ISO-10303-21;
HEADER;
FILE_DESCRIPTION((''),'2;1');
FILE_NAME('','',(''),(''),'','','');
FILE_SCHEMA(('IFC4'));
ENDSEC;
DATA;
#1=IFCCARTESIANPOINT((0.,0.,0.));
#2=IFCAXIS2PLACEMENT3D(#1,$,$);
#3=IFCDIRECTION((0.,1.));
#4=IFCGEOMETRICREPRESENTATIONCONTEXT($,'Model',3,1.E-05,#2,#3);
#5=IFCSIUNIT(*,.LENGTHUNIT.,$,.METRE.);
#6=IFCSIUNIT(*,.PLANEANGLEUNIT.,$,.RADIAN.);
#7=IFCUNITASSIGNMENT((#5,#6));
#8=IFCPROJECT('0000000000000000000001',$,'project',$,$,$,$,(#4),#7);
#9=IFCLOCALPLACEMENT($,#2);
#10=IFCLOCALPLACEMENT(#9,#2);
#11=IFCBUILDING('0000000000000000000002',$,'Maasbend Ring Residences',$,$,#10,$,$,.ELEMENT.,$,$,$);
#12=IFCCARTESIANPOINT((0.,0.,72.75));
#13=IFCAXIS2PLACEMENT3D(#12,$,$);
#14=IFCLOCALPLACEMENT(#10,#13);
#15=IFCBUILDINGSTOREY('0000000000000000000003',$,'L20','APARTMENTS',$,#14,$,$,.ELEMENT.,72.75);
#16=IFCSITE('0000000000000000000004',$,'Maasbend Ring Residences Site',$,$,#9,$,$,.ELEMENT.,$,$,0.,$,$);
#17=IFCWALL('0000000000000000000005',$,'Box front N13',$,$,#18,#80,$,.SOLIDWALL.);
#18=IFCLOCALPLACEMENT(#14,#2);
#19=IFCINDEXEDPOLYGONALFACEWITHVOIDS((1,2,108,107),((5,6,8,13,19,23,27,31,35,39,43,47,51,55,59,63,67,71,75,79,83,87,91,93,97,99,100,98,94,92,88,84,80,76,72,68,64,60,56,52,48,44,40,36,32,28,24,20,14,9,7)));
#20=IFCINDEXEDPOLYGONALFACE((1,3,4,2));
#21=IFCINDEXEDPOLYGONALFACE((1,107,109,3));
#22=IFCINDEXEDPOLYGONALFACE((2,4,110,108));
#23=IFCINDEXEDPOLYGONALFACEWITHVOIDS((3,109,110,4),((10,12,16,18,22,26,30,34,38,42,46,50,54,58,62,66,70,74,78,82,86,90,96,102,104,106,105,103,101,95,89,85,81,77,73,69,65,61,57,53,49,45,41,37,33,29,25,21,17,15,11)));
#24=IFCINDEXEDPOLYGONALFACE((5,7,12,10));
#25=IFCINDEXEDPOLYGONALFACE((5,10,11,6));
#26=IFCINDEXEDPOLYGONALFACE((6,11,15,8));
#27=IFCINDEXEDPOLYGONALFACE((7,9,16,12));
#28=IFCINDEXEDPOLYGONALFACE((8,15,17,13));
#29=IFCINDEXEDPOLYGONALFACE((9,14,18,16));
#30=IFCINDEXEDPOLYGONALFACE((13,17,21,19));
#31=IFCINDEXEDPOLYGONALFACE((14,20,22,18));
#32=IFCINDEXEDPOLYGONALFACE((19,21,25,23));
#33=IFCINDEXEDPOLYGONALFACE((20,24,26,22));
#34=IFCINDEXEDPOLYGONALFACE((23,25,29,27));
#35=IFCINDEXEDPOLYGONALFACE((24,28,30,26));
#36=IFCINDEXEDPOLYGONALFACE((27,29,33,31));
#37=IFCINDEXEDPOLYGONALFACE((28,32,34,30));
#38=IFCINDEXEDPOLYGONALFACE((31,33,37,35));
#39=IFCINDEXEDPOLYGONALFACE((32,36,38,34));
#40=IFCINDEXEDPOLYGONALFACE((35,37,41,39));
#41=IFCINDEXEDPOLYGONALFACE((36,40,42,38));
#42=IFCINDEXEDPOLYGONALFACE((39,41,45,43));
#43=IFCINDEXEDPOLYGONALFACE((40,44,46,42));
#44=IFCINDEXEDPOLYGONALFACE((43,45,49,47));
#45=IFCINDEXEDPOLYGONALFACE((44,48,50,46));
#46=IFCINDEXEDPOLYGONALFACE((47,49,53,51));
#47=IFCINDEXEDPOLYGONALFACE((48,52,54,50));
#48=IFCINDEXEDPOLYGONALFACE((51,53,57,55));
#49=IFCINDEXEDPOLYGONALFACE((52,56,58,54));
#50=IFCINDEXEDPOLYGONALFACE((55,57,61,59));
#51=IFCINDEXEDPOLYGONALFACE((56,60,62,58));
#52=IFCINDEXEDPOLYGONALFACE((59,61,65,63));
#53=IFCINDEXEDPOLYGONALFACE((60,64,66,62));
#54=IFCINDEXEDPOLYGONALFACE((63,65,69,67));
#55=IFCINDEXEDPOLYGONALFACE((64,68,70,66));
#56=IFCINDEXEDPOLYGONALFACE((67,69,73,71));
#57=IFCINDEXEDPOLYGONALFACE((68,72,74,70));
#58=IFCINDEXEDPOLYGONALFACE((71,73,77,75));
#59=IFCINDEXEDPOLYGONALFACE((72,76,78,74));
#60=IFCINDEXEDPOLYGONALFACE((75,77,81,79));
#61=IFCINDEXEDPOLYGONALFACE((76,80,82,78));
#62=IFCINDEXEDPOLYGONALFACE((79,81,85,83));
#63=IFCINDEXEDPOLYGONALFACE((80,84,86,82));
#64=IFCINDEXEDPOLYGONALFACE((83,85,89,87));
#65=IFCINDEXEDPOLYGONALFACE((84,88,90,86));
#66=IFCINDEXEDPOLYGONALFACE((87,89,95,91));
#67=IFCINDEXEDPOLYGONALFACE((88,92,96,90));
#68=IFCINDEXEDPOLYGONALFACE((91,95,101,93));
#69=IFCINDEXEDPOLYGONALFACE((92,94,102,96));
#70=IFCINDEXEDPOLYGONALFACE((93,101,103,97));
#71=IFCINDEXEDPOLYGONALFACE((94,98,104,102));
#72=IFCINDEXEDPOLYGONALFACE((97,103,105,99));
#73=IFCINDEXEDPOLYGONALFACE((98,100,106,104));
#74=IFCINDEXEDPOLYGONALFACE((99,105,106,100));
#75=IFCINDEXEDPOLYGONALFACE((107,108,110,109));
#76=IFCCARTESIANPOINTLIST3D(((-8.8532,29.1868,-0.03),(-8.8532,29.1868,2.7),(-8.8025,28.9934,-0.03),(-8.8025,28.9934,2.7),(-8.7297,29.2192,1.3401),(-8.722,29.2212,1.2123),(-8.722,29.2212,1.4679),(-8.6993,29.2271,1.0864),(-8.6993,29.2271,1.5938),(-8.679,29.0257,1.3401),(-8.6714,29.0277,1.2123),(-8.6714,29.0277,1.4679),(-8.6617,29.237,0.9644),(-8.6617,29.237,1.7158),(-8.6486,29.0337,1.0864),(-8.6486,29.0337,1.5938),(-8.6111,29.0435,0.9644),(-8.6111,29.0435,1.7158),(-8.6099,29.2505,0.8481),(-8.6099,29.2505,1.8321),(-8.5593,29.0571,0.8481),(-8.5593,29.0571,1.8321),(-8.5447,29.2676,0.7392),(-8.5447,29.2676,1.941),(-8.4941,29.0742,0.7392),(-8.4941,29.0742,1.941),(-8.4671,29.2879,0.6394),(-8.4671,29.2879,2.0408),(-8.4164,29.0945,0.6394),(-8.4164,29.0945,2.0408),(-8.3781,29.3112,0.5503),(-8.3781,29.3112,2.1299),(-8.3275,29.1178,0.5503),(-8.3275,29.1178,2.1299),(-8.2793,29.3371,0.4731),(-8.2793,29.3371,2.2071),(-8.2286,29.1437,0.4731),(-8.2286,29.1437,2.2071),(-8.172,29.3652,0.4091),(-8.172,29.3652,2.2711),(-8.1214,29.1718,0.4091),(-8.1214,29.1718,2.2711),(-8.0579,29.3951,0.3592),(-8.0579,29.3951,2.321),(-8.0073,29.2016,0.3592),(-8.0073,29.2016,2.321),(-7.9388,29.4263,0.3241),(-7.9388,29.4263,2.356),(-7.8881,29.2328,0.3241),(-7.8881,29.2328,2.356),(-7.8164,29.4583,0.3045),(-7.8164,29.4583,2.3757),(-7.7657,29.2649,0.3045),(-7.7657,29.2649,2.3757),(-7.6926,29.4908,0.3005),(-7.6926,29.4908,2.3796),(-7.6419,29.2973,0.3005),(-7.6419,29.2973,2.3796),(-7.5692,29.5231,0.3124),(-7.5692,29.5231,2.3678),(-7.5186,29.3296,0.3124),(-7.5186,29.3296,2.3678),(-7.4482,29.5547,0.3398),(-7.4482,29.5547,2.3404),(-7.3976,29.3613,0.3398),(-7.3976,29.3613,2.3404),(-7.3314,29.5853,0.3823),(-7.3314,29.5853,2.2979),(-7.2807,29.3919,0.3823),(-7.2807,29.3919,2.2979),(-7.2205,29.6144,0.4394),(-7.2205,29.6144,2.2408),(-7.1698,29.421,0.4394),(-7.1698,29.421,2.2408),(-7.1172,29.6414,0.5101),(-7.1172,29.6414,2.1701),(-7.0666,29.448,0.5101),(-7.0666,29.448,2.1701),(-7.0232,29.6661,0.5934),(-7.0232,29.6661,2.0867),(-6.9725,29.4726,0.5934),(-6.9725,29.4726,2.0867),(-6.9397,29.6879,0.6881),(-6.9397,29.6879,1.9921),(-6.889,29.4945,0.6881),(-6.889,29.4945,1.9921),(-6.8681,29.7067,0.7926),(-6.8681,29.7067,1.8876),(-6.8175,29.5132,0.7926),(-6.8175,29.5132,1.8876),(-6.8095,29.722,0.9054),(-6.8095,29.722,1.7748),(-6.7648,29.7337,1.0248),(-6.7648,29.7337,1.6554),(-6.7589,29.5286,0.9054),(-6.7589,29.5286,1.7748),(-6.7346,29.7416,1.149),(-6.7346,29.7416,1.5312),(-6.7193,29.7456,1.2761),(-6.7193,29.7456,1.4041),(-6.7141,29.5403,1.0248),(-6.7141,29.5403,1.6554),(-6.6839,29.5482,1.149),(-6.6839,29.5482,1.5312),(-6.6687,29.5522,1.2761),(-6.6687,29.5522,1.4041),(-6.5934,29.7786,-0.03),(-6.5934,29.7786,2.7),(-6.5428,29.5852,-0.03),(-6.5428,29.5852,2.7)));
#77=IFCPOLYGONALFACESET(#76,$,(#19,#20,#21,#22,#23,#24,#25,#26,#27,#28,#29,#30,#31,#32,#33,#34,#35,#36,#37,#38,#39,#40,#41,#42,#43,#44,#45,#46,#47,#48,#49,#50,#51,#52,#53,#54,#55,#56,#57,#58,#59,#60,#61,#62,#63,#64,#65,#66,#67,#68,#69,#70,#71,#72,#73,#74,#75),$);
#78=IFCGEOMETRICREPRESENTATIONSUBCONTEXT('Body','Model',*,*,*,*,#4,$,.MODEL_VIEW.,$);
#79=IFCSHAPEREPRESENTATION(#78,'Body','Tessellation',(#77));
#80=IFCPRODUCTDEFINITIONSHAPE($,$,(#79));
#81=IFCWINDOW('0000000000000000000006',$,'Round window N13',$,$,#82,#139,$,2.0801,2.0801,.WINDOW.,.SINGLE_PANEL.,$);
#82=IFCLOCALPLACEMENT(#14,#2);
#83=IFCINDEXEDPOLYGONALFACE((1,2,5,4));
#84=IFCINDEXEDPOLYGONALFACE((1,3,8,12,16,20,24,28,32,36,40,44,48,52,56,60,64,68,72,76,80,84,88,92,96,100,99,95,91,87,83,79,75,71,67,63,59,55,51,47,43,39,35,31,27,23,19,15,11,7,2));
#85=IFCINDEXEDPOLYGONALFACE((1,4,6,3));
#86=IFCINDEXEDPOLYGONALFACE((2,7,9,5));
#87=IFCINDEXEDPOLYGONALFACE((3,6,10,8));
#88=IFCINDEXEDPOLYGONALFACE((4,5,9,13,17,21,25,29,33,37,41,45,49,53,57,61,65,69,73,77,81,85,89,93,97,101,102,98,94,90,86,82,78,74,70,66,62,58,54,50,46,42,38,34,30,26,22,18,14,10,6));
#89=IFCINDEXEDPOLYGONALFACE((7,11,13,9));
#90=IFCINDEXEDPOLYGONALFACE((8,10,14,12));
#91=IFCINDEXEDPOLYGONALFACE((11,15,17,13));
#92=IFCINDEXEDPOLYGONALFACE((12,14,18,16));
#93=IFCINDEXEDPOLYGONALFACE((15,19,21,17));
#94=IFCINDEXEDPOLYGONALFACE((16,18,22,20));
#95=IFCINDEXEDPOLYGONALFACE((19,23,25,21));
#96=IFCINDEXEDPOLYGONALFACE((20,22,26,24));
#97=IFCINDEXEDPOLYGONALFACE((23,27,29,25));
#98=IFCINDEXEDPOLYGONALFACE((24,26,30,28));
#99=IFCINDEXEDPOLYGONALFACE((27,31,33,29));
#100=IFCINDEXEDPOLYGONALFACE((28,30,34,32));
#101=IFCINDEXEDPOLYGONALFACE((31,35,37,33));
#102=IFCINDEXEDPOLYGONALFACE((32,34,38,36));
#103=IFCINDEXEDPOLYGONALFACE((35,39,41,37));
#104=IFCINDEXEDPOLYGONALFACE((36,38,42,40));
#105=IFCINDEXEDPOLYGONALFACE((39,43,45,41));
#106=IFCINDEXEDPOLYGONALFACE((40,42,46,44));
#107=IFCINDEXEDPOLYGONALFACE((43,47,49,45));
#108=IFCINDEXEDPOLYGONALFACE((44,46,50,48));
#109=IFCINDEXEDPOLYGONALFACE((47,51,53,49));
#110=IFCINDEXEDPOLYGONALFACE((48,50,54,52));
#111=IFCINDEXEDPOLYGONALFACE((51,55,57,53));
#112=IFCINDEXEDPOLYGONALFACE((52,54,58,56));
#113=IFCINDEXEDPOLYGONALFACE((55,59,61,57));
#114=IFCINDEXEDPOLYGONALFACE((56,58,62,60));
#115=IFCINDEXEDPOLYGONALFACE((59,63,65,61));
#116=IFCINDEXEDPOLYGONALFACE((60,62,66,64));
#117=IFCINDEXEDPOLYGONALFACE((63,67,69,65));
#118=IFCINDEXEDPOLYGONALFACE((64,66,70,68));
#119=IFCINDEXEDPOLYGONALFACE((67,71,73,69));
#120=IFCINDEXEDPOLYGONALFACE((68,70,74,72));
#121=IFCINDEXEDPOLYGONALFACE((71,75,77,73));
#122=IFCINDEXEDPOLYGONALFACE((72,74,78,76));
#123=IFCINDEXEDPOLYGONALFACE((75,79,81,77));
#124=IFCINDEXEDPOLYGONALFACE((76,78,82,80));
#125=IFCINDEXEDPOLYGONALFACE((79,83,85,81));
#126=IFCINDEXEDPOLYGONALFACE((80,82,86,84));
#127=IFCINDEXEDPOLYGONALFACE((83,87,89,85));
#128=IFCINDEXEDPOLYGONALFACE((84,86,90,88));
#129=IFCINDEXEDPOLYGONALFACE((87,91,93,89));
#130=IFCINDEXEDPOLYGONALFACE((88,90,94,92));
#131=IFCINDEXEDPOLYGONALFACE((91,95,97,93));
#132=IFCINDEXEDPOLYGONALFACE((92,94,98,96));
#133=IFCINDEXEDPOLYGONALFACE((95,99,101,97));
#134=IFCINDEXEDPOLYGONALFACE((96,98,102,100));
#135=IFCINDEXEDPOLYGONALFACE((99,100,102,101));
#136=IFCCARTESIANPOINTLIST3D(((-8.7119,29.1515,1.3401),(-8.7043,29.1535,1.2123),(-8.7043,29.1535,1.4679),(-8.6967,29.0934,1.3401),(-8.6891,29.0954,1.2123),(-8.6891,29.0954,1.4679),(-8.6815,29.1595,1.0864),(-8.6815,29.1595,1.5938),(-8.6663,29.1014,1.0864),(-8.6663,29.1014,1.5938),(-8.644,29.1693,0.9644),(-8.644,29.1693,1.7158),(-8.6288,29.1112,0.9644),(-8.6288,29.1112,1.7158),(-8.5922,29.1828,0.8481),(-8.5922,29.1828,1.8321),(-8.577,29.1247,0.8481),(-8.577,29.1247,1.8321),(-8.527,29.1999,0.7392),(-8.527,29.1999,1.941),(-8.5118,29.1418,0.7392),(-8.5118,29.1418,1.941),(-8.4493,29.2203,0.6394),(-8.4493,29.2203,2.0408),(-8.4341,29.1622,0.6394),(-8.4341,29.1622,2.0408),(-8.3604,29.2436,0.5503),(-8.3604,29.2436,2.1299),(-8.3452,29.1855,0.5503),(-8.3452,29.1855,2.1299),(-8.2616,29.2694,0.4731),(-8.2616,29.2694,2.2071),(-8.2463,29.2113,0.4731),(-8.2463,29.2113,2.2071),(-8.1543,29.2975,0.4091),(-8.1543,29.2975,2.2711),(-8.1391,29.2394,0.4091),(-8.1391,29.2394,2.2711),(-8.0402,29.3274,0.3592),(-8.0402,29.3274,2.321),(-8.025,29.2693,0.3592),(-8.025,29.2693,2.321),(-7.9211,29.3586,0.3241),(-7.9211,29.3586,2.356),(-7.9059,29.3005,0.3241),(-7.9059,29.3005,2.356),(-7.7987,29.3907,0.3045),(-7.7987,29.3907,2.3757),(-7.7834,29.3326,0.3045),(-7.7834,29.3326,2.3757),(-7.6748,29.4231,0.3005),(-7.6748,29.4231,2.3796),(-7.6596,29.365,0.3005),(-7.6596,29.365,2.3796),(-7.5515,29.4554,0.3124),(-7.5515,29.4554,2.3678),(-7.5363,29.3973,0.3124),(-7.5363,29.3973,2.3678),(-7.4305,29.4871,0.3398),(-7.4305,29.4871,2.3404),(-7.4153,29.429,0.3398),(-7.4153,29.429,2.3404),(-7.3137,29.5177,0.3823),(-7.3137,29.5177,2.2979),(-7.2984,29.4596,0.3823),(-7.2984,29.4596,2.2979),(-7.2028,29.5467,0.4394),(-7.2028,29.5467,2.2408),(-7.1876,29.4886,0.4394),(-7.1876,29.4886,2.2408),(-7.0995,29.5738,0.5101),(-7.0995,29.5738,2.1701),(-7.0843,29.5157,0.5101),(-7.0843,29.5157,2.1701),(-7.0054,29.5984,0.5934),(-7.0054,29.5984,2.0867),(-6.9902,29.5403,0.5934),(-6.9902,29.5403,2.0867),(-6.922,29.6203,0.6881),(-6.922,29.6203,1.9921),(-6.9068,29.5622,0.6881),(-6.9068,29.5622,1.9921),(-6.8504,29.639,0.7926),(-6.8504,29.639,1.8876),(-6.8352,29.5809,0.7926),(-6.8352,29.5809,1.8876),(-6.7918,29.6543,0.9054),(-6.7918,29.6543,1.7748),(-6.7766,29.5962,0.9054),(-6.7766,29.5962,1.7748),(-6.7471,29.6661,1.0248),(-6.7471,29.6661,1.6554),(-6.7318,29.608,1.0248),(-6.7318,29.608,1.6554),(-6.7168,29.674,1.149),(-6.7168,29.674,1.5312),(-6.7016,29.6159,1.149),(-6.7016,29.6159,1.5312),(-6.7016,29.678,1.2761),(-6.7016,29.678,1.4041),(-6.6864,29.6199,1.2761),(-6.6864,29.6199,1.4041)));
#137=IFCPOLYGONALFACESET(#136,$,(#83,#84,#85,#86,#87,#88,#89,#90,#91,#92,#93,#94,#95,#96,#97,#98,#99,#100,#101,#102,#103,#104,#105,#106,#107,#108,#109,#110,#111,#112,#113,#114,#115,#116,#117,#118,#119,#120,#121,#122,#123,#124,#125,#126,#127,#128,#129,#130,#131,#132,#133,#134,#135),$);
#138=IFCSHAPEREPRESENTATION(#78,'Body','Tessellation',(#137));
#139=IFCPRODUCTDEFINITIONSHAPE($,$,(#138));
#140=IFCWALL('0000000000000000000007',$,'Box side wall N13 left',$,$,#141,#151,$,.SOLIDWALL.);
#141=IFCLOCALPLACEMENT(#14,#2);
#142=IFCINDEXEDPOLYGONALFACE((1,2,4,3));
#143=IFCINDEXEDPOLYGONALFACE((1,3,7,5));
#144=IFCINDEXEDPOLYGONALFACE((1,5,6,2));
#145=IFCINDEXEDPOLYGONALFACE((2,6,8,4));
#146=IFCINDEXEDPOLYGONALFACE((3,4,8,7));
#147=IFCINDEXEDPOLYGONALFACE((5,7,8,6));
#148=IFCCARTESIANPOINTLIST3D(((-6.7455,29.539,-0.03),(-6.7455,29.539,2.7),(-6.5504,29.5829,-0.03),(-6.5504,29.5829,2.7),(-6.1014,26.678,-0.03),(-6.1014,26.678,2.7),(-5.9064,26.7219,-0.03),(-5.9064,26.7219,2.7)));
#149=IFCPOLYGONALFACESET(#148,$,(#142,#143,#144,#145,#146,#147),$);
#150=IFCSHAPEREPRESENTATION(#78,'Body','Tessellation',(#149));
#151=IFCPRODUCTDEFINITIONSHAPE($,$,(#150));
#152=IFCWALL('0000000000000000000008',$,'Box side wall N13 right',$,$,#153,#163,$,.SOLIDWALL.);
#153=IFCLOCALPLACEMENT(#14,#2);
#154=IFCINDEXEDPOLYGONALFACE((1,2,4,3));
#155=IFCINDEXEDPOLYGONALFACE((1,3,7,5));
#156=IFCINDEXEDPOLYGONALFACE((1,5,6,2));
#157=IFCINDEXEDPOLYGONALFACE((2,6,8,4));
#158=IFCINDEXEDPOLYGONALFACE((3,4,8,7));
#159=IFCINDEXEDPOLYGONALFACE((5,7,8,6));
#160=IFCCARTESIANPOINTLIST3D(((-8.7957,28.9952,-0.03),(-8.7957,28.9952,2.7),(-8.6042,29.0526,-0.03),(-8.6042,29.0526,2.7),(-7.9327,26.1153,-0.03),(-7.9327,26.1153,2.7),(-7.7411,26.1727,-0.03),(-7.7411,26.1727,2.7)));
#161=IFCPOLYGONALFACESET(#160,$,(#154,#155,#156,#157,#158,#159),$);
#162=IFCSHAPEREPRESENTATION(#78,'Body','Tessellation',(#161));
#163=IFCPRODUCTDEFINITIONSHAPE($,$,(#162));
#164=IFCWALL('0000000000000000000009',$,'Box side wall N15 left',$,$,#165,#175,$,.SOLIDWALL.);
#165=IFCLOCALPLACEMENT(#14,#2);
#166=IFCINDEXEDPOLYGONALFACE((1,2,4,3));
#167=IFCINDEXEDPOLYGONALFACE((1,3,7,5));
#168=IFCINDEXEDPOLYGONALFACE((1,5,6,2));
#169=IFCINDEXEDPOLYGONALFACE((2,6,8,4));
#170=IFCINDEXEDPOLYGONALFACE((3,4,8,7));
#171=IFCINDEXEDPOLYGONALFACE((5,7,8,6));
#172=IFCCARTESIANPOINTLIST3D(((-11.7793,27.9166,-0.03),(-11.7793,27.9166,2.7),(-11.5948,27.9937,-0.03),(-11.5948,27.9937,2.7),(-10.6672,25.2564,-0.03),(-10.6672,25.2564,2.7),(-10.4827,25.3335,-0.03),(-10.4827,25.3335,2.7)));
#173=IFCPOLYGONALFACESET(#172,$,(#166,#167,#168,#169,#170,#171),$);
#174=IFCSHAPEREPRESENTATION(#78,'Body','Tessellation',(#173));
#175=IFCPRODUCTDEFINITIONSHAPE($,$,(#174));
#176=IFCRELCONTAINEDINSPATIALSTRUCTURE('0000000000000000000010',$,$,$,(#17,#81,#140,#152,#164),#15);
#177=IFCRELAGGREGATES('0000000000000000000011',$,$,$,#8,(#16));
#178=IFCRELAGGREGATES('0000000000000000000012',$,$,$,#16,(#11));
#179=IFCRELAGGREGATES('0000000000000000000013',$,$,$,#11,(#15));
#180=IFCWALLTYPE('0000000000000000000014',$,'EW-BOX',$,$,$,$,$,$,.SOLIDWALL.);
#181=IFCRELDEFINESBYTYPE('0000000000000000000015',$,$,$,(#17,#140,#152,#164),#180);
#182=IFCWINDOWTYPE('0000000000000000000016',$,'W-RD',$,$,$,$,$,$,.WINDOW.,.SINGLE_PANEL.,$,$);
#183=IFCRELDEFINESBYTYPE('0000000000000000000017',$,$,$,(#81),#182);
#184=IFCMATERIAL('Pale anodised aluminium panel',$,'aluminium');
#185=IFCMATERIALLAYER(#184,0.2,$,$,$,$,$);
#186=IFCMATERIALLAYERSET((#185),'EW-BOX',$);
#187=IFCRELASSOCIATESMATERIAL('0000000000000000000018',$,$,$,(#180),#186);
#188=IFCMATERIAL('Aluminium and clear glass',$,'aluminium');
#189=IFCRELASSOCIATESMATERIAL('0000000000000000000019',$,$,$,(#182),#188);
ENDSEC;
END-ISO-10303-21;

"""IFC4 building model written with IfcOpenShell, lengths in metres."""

from ifc_helpers import new_model, si_unit, direction, frame, frame_2d, origin, place, context, subcontext, project, spatial, rectangle, circle, extrude, material, layer, layer_set, type_object, element, fill, save


model = new_model("IFC4")

# Units and contexts
model_context = context("Model", 3, precision=1e-05, world=origin(), true_north=direction((0.0, 1.0)))
body_context = subcontext(model_context, "Body", "Model", "MODEL_VIEW")
ifc_project = project(units=[si_unit("LENGTHUNIT", "METRE"), si_unit("PLANEANGLEUNIT", "RADIAN")], contexts=[model_context])

# Site, building, storey
site_placement = place(None, origin())
site = spatial("IfcSite", under=ifc_project, at=site_placement, Name="Maasbend Ring Residences Site", CompositionType="ELEMENT", RefElevation=0.0)
building_placement = place(site_placement, origin())
building = spatial("IfcBuilding", under=site, at=building_placement, Name="Maasbend Ring Residences", CompositionType="ELEMENT")
storey_placement = place(building_placement, frame((0.0, 0.0, 72.75)))
storey = spatial("IfcBuildingStorey", under=building, at=storey_placement, Name="L20", Description="APARTMENTS", CompositionType="ELEMENT", Elevation=72.75)

# Shared definitions
ifc_material_1 = material(Name="Pale anodised aluminium panel", Category="aluminium")
ifc_layer_1 = layer(ifc_material_1, 0.2)
ifc_layer_set_1 = layer_set([ifc_layer_1], Name="EW-BOX")
wall_type_1 = type_object("IfcWallType", Name="EW-BOX", PredefinedType="SOLIDWALL", material=ifc_layer_set_1)

# Wall, opening, window
wall_1_placement = place(storey_placement, frame((-6.5681, 29.6819, -0.03), z_axis=(0.0, 0.0, 1.0), x_axis=(-0.967377, -0.253341, 0.0)))
wall_1 = element("IfcWall", 1, at=wall_1_placement, inside=storey, type_object=wall_type_1, Name="Box front N13", PredefinedType="SOLIDWALL", context=body_context, shape_type="SweptSolid", body=[
    extrude(rectangle(XDim=2.3359, YDim=0.2, at=frame_2d((1.168, 0.0))), origin(), (0.0, 0.0, 1.0), 2.73),
])
opening_1_placement = place(wall_1_placement, frame((0.1282, 0.0, 0.3301)))
opening_1 = element("IfcOpeningElement", 2, at=opening_1_placement, cuts=wall_1, PredefinedType="OPENING", context=body_context, shape_type="SweptSolid", body=[
    extrude(circle(Radius=1.04, at=frame_2d((1.04, 1.04))), frame((0.0, 0.1099, 0.0), z_axis=(0.0, -1.0, 0.0), x_axis=(1.0, 0.0, 0.0)), (0.0, 0.0, 1.0), 0.22),
])
ifc_material_2 = material(Name="Aluminium and clear glass", Category="aluminium")
window_type_1 = type_object("IfcWindowType", Name="W-RD", PartitioningType="SINGLE_PANEL", PredefinedType="WINDOW", material=ifc_material_2)
window_1_placement = place(opening_1_placement, origin())
window_1 = element("IfcWindow", 3, at=window_1_placement, inside=storey, type_object=window_type_1, Name="Round window N13", OverallHeight=2.0801, OverallWidth=2.0801, PartitioningType="SINGLE_PANEL", PredefinedType="WINDOW", context=body_context, shape_type="SweptSolid", body=[
    extrude(circle(Radius=1.04, at=frame_2d((1.04, 1.04))), frame((0.0, 0.03, 0.0), z_axis=(0.0, -1.0, 0.0), x_axis=(1.0, 0.0, 0.0)), (0.0, 0.0, 1.0), 0.0601),
])
fill(opening_1, window_1)

# Walls
wall_2_placement = place(storey_placement, frame((-6.0039, 26.7, -0.03), z_axis=(0.0, 0.0, 1.0), x_axis=(-0.219609, 0.975588, 0.0)))
element("IfcWall", 4, at=wall_2_placement, inside=storey, type_object=wall_type_1, Name="Box side wall N13 left", PredefinedType="SOLIDWALL", context=body_context, shape_type="SweptSolid", body=[
    extrude(rectangle(XDim=2.9326, YDim=0.2, at=frame_2d((1.4663, 0.0))), origin(), (0.0, 0.0, 1.0), 2.73),
])
wall_3_placement = place(storey_placement, frame((-7.8369, 26.144, -0.03), z_axis=(0.0, 0.0, 1.0), x_axis=(-0.287065, 0.957911, 0.0)))
element("IfcWall", 5, at=wall_3_placement, inside=storey, type_object=wall_type_1, Name="Box side wall N13 right", PredefinedType="SOLIDWALL", context=body_context, shape_type="SweptSolid", body=[
    extrude(rectangle(XDim=3.0063, YDim=0.2, at=frame_2d((1.5032, 0.0))), origin(), (0.0, 0.0, 1.0), 2.73),
])
wall_4_placement = place(storey_placement, frame((-10.575, 25.2949, -0.03), z_axis=(0.0, 0.0, 1.0), x_axis=(-0.385697, 0.922625, 0.0)))
element("IfcWall", 6, at=wall_4_placement, inside=storey, type_object=wall_type_1, Name="Box side wall N15 left", PredefinedType="SOLIDWALL", context=body_context, shape_type="SweptSolid", body=[
    extrude(rectangle(XDim=2.8833, YDim=0.2, at=frame_2d((1.4417, 0.0))), origin(), (0.0, 0.0, 1.0), 2.73),
])

save(model, "model.ifc")
